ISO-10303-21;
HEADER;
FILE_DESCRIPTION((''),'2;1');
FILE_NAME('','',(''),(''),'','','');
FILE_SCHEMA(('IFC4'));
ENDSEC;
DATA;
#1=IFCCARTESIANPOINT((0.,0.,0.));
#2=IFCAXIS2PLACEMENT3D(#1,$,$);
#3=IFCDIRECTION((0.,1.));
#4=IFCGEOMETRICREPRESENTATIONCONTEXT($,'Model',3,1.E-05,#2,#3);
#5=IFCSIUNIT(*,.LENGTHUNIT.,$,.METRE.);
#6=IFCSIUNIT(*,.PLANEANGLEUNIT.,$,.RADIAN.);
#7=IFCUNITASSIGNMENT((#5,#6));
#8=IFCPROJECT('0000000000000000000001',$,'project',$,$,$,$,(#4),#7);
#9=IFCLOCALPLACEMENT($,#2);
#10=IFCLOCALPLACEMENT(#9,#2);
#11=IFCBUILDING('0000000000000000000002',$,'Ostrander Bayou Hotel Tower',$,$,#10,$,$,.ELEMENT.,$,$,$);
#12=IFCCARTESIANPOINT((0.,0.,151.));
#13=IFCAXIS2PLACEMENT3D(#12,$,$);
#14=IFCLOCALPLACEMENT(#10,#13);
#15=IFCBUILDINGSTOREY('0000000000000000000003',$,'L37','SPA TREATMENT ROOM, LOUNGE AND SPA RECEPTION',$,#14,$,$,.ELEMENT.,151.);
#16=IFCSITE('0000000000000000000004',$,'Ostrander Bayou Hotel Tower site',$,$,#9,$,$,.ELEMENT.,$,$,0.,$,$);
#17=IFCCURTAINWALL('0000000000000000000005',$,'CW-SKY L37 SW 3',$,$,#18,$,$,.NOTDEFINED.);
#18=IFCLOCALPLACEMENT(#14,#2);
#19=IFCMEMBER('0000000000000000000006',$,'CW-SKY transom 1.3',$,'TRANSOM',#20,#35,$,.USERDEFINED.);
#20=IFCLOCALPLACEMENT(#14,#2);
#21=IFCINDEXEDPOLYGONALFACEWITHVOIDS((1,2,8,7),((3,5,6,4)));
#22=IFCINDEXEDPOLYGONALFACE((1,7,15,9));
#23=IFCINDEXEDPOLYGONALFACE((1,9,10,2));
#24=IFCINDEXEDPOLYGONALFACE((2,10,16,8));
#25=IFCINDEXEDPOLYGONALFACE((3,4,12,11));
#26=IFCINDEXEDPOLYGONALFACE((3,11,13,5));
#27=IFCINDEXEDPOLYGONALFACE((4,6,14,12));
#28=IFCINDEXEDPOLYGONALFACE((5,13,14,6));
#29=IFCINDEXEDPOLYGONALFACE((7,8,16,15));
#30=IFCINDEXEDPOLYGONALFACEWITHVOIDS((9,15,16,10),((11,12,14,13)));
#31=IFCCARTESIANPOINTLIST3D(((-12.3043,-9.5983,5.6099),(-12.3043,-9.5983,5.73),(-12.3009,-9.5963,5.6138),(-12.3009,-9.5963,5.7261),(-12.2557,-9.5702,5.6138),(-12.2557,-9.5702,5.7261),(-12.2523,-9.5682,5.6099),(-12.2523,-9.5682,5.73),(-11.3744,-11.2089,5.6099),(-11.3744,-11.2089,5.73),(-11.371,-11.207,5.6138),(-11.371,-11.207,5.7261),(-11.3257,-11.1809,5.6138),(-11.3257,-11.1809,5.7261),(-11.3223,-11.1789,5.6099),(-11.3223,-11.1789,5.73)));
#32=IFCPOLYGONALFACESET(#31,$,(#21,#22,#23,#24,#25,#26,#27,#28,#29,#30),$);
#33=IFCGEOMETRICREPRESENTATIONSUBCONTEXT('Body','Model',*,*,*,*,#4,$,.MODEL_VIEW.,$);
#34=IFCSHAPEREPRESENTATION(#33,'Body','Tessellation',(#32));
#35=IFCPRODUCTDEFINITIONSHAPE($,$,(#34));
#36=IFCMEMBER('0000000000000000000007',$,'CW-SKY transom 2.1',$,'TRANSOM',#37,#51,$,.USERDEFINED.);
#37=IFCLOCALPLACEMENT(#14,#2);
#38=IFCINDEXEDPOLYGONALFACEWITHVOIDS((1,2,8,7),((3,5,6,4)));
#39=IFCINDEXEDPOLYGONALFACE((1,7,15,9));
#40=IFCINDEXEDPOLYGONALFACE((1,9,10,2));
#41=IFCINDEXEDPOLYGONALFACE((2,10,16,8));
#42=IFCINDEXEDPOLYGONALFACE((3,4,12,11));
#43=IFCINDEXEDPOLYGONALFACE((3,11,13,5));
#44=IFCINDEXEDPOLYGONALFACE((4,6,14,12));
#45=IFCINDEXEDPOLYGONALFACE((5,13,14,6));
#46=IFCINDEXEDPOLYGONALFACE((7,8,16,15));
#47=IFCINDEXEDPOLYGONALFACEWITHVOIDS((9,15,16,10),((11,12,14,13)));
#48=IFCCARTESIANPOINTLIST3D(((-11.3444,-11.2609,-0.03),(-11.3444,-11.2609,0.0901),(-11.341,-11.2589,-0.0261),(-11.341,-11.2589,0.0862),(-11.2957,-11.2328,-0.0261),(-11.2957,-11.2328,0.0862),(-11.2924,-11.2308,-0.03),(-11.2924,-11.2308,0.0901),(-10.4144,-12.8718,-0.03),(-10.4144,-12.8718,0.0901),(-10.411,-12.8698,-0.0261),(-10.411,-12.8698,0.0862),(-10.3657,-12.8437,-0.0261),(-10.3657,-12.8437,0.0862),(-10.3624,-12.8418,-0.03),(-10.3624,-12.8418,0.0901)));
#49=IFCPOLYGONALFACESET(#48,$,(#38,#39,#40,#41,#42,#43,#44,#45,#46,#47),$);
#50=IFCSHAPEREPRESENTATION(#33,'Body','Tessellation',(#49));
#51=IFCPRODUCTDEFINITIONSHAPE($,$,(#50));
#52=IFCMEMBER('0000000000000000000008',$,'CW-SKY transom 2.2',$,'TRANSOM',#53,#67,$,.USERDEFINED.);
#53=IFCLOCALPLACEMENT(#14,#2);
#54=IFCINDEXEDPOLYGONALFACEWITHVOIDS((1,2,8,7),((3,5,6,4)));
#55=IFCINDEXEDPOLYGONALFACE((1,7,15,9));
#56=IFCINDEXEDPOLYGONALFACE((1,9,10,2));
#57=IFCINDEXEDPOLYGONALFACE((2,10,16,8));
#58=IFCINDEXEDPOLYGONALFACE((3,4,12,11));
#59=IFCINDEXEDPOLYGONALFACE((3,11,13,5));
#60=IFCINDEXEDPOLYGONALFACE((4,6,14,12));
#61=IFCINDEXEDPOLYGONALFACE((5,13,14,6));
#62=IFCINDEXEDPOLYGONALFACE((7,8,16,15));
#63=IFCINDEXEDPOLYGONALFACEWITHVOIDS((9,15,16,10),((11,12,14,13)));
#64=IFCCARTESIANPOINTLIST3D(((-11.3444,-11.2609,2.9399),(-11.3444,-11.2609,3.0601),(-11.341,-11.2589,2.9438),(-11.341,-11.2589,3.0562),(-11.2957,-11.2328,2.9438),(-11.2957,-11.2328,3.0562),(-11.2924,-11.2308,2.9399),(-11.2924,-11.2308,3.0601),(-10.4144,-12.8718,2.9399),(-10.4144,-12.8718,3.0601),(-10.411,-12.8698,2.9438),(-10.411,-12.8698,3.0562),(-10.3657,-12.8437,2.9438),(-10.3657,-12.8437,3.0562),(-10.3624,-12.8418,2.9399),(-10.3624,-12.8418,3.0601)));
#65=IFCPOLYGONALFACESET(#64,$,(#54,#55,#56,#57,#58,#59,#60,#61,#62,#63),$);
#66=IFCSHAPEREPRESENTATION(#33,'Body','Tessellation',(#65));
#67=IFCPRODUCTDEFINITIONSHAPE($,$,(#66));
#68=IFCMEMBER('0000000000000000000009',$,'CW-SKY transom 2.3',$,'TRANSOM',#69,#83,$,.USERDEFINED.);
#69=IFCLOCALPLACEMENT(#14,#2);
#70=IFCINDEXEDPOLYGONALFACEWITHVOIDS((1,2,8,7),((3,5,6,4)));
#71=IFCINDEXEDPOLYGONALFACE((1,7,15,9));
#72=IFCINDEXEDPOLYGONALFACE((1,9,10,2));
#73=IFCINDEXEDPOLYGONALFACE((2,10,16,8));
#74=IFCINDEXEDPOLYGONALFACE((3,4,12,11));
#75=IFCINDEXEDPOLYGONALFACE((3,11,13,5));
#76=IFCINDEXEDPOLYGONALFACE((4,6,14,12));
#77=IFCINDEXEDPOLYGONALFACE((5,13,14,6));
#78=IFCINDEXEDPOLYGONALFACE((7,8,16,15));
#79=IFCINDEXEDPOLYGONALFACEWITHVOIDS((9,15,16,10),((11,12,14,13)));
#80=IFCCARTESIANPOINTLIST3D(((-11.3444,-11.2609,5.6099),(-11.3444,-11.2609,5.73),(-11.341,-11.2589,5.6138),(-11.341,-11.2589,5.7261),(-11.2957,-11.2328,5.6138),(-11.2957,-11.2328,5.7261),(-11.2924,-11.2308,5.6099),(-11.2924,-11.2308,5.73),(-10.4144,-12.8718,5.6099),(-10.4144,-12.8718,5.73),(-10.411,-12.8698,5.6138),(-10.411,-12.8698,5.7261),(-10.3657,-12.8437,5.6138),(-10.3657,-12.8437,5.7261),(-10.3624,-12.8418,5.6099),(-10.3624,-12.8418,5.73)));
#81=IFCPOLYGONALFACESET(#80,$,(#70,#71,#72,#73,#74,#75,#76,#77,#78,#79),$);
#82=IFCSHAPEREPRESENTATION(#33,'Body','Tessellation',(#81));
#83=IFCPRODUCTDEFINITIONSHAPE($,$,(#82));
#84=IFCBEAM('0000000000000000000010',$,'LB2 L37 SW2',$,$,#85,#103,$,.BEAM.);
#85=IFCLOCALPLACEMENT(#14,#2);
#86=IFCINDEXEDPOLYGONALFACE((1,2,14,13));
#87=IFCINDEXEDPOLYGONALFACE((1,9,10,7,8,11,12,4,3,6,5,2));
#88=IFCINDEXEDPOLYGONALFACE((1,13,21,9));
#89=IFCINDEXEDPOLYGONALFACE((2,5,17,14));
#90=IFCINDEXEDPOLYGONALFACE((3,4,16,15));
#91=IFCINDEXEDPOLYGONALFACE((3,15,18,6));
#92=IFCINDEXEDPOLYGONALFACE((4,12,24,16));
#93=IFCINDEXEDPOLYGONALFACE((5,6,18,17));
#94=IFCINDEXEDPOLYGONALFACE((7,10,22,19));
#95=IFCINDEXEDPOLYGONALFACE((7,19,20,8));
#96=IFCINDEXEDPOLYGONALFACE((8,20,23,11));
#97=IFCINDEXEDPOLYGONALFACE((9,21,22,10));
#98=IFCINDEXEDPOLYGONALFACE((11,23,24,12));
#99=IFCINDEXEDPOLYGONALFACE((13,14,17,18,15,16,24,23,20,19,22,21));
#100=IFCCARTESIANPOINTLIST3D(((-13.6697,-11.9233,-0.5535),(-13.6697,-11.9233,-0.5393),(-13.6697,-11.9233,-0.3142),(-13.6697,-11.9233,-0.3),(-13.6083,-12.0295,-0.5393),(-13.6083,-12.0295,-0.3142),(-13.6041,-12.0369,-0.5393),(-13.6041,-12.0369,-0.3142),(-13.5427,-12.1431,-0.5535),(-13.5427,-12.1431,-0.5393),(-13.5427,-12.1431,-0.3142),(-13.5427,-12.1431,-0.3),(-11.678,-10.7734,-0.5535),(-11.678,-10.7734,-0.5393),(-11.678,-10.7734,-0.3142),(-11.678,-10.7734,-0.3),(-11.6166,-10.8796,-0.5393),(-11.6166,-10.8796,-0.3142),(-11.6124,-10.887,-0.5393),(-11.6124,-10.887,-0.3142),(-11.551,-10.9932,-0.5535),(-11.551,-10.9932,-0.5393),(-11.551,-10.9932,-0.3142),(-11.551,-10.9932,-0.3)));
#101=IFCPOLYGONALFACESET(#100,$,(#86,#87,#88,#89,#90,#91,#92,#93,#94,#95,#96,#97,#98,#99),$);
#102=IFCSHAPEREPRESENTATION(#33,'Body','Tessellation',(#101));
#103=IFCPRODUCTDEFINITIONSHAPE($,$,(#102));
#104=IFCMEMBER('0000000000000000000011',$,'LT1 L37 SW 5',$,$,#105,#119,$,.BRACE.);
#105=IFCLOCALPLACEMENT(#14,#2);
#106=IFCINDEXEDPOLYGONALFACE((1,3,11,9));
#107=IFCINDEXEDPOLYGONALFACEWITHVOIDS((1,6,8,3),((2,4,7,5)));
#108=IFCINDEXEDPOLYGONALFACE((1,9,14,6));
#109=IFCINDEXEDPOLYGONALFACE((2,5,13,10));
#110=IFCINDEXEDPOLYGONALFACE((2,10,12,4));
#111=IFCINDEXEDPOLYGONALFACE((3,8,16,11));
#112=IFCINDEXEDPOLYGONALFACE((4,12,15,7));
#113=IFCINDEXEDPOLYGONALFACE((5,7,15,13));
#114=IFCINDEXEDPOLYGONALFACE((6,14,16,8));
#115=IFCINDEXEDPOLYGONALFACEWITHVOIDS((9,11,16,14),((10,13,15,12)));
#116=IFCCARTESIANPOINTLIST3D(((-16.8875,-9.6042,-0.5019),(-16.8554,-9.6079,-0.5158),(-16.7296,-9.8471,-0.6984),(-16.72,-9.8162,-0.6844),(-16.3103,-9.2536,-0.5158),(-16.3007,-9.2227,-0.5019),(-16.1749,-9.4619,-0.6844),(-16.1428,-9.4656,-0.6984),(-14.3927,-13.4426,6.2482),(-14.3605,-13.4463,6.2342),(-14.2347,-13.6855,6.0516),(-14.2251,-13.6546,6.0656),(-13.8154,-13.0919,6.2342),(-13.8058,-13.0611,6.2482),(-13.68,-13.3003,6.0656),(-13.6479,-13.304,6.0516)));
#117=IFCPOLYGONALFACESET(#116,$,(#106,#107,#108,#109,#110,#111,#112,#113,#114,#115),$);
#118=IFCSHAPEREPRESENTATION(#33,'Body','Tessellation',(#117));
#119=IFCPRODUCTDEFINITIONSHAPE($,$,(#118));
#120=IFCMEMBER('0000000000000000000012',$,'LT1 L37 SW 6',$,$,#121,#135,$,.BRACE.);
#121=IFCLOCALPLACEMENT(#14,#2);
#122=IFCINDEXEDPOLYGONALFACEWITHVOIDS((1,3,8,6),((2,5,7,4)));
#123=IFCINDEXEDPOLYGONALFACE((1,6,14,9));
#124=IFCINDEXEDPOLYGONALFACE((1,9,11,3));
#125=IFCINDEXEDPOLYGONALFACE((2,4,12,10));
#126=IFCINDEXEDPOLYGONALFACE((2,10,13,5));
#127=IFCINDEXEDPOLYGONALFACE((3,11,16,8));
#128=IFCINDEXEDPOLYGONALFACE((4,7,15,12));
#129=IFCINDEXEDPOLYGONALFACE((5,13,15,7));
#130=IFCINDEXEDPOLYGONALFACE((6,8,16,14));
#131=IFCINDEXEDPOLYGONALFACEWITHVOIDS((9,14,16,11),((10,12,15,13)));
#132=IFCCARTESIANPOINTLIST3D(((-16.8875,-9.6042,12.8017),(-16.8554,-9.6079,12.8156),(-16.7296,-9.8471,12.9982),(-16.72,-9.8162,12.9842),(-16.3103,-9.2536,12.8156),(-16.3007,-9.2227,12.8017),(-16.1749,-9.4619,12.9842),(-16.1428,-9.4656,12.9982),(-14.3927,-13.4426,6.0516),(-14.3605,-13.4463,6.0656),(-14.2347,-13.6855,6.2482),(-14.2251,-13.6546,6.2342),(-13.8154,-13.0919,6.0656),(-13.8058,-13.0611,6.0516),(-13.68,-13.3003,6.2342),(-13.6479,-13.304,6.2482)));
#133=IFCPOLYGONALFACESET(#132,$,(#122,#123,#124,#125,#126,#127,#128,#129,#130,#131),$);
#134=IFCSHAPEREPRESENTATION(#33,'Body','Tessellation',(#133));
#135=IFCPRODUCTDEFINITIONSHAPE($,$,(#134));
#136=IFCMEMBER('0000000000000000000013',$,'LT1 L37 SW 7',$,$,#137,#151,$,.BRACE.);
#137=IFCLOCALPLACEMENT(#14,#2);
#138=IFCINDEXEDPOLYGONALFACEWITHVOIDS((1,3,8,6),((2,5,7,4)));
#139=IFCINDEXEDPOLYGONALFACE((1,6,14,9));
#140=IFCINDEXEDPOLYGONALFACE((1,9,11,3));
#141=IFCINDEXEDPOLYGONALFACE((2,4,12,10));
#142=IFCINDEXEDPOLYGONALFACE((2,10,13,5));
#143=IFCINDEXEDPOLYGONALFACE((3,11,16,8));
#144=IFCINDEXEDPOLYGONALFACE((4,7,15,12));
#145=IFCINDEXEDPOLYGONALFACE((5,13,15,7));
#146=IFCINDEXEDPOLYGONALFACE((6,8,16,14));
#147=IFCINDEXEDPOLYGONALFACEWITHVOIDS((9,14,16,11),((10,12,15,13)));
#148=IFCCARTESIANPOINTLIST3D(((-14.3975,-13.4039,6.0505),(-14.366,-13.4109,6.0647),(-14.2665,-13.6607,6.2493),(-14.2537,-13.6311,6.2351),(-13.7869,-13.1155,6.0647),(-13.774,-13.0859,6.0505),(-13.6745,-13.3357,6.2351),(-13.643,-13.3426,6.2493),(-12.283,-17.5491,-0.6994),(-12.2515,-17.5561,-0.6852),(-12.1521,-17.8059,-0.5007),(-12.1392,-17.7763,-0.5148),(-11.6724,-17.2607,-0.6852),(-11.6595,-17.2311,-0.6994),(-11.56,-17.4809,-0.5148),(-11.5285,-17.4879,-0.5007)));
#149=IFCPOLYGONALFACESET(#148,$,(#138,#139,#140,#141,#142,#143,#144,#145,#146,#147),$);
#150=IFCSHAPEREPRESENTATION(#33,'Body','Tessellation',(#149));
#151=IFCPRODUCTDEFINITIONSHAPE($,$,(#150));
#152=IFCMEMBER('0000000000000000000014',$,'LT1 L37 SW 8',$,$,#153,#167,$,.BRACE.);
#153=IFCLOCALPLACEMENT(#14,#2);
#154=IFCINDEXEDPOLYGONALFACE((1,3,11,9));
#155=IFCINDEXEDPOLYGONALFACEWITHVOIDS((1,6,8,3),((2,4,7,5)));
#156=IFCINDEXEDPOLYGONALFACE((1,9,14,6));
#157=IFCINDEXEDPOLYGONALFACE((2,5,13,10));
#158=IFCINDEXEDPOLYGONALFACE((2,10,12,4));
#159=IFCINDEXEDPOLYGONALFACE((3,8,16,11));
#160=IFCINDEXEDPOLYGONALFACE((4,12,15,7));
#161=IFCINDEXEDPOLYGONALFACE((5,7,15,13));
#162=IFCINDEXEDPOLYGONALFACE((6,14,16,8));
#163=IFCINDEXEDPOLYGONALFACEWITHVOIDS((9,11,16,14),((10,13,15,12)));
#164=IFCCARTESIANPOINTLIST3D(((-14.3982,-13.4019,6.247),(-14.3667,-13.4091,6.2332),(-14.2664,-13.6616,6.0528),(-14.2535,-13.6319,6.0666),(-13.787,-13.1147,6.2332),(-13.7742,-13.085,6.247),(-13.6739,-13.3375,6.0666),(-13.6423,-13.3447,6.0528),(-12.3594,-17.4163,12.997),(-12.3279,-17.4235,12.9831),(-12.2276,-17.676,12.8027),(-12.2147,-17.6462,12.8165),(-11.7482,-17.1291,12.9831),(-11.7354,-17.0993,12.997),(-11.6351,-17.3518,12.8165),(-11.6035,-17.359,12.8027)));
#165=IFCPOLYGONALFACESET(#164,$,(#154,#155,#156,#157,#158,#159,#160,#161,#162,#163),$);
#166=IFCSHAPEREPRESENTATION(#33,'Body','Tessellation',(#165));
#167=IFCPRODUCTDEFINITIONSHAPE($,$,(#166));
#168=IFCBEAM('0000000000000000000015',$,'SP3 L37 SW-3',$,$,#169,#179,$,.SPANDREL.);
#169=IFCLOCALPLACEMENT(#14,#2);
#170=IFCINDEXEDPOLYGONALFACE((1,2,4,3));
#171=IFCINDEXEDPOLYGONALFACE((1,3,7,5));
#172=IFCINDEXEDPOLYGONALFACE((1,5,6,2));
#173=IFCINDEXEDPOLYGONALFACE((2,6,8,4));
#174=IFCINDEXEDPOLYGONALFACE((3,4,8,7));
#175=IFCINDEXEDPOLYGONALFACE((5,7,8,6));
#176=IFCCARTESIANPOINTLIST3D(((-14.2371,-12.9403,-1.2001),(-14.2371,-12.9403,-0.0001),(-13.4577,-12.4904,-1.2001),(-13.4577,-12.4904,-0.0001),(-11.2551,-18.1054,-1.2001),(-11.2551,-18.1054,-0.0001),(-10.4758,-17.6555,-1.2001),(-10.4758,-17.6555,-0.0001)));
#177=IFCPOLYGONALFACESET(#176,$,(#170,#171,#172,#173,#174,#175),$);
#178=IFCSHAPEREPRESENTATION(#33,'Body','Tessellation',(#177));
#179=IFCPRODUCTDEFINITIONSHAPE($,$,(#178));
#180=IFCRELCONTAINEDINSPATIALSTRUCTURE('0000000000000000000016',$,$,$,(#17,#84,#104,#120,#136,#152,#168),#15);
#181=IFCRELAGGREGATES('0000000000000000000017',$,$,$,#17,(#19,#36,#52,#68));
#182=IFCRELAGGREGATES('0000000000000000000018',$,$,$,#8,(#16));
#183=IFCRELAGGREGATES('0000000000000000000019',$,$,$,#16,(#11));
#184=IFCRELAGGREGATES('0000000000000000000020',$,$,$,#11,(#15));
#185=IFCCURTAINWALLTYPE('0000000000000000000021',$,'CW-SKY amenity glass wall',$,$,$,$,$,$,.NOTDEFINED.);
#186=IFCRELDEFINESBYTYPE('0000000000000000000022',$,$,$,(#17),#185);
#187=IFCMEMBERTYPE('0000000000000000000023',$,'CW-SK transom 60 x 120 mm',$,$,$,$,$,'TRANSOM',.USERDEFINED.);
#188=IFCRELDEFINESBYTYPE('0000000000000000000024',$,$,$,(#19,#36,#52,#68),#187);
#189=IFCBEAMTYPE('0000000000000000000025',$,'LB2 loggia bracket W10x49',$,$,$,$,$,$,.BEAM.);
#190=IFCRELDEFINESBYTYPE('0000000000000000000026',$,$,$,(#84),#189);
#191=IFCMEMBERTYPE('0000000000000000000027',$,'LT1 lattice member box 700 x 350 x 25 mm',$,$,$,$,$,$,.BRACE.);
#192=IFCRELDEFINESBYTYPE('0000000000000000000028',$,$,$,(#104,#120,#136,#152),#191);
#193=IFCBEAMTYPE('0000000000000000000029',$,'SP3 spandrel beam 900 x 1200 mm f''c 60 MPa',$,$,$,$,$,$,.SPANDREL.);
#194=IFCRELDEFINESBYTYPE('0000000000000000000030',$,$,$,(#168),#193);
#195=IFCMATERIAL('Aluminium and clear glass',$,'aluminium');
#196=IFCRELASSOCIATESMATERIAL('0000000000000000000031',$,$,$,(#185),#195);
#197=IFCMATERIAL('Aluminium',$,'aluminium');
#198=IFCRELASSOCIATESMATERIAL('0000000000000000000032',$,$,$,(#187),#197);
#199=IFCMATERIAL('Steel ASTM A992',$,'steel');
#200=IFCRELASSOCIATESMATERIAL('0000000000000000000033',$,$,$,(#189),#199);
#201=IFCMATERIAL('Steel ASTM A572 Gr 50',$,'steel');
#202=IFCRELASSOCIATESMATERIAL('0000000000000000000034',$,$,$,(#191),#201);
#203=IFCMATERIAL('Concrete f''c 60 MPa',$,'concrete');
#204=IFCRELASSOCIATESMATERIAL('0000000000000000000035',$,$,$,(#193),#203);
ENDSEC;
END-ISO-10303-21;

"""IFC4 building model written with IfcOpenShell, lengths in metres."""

from ifc_helpers import new_model, si_unit, direction, frame, origin, origin_2d, place, context, subcontext, project, spatial, rectangle, hollow_rectangle, i_section, extrude, material, material_profile, profile_set, type_object, element, aggregate, save


model = new_model("IFC4")

# Units and contexts
model_context = context("Model", 3, precision=1e-05, world=origin(), true_north=direction((0.0, 1.0)))
body_context = subcontext(model_context, "Body", "Model", "MODEL_VIEW")
ifc_project = project(units=[si_unit("LENGTHUNIT", "METRE"), si_unit("PLANEANGLEUNIT", "RADIAN")], contexts=[model_context])

# Site, building, storey
site_placement = place(None, origin())
site = spatial("IfcSite", under=ifc_project, at=site_placement, Name="Ostrander Bayou Hotel Tower site", CompositionType="ELEMENT", RefElevation=0.0)
building_placement = place(site_placement, origin())
building = spatial("IfcBuilding", under=site, at=building_placement, Name="Ostrander Bayou Hotel Tower", CompositionType="ELEMENT")
storey_placement = place(building_placement, frame((0.0, 0.0, 151.0)))
storey = spatial("IfcBuildingStorey", under=building, at=storey_placement, Name="L37", Description="SPA TREATMENT ROOM, LOUNGE AND SPA RECEPTION", CompositionType="ELEMENT", Elevation=151.0)

# Curtain wall, members
ifc_material_1 = material(Name="Aluminium and clear glass", Category="aluminium")
curtain_wall_type_1 = type_object("IfcCurtainWallType", Name="CW-SKY amenity glass wall", PredefinedType="NOTDEFINED", material=ifc_material_1)
curtain_wall_1_placement = place(storey_placement, origin())
curtain_wall_1 = element("IfcCurtainWall", 1, at=curtain_wall_1_placement, inside=storey, type_object=curtain_wall_type_1, Name="CW-SKY L37 SW 3", PredefinedType="NOTDEFINED")
ifc_material_2 = material(Name="Aluminium", Category="aluminium")
ifc_material_profile_1 = material_profile(ifc_material_2, hollow_rectangle(XDim=0.0601, YDim=0.1201, WallThickness=0.0039, at=origin_2d()))
ifc_profile_set_1 = profile_set([ifc_material_profile_1], Name="Aluminium")
member_type_1 = type_object("IfcMemberType", Name="CW-SK transom 60 x 120 mm", ElementType="TRANSOM", PredefinedType="USERDEFINED", material=ifc_profile_set_1)
member_1_placement = place(storey_placement, frame((-12.2783, -9.5833, 5.6699), z_axis=(0.500022, -0.866013, 0.0), x_axis=(0.866013, 0.500022, 0.0)))
member_1 = element("IfcMember", 2, at=member_1_placement, type_object=member_type_1, Name="CW-SKY transom 1.3", ObjectType="TRANSOM", PredefinedType="USERDEFINED", context=body_context, shape_type="SweptSolid", body=[
    extrude(hollow_rectangle(XDim=0.0601, YDim=0.1201, WallThickness=0.0039, at=origin_2d()), origin(), (0.0, 0.0, 1.0), 1.8599),
])
member_2_placement = place(storey_placement, frame((-11.3184, -11.2458, 0.03), z_axis=(0.499965, -0.866046, 0.0), x_axis=(0.866046, 0.499965, 0.0)))
member_2 = element("IfcMember", 3, at=member_2_placement, type_object=member_type_1, Name="CW-SKY transom 2.1", ObjectType="TRANSOM", PredefinedType="USERDEFINED", context=body_context, shape_type="SweptSolid", body=[
    extrude(hollow_rectangle(XDim=0.0601, YDim=0.1201, WallThickness=0.0039, at=origin_2d()), origin(), (0.0, 0.0, 1.0), 1.8601),
])
member_3_placement = place(storey_placement, frame((-11.3184, -11.2458, 3.0), z_axis=(0.499965, -0.866046, 0.0), x_axis=(0.866046, 0.499965, 0.0)))
member_3 = element("IfcMember", 4, at=member_3_placement, type_object=member_type_1, Name="CW-SKY transom 2.2", ObjectType="TRANSOM", PredefinedType="USERDEFINED", context=body_context, shape_type="SweptSolid", body=[
    extrude(hollow_rectangle(XDim=0.0601, YDim=0.1201, WallThickness=0.0039, at=origin_2d()), origin(), (0.0, 0.0, 1.0), 1.8601),
])
member_4_placement = place(storey_placement, frame((-11.3184, -11.2458, 5.6699), z_axis=(0.499965, -0.866046, 0.0), x_axis=(0.866046, 0.499965, 0.0)))
member_4 = element("IfcMember", 5, at=member_4_placement, type_object=member_type_1, Name="CW-SKY transom 2.3", ObjectType="TRANSOM", PredefinedType="USERDEFINED", context=body_context, shape_type="SweptSolid", body=[
    extrude(hollow_rectangle(XDim=0.0601, YDim=0.1201, WallThickness=0.0039, at=origin_2d()), origin(), (0.0, 0.0, 1.0), 1.8601),
])

# Beam
ifc_material_3 = material(Name="Steel ASTM A992", Category="steel")
ifc_material_profile_2 = material_profile(ifc_material_3, i_section(OverallWidth=0.2539, OverallDepth=0.2534, WebThickness=0.0085, FlangeThickness=0.0142, at=origin_2d()))
ifc_profile_set_2 = profile_set([ifc_material_profile_2], Name="Steel ASTM A992")
beam_type_1 = type_object("IfcBeamType", Name="LB2 loggia bracket W10x49", PredefinedType="BEAM", material=ifc_profile_set_2)
beam_1_placement = place(storey_placement, frame((-13.6062, -12.0332, -0.4268), z_axis=(0.866026, 0.499998, 0.0), x_axis=(-0.499998, 0.866026, 0.0)))
element("IfcBeam", 6, at=beam_1_placement, inside=storey, type_object=beam_type_1, Name="LB2 L37 SW2", PredefinedType="BEAM", context=body_context, shape_type="SweptSolid", body=[
    extrude(i_section(OverallWidth=0.2539, OverallDepth=0.2534, WebThickness=0.0085, FlangeThickness=0.0142, at=origin_2d()), origin(), (0.0, 0.0, 1.0), 2.2998),
])

# Members
ifc_material_4 = material(Name="Steel ASTM A572 Gr 50", Category="steel")
ifc_material_profile_3 = material_profile(ifc_material_4, hollow_rectangle(XDim=0.7, YDim=0.3501, WallThickness=0.0249, at=origin_2d()))
ifc_profile_set_3 = profile_set([ifc_material_profile_3], Name="Steel ASTM A572 Gr 50")
member_type_2 = type_object("IfcMemberType", Name="LT1 lattice member box 700 x 350 x 25 mm", PredefinedType="BRACE", material=ifc_profile_set_3)
for number, where, z_axis, x_axis, name in (
    (7, (-14.0203, -13.3733, 6.1499), (-0.305895, 0.470621, -0.827613), (-0.838451, -0.544977, 0.0), "LT1 L37 SW 5"),
    (8, (-14.0203, -13.3733, 6.1499), (-0.305895, 0.470621, 0.827613), (-0.838451, -0.544977, 0.0), "LT1 L37 SW 6"),
):
    element("IfcMember", number, at=place(storey_placement, frame(where, z_axis=z_axis, x_axis=x_axis)), inside=storey, type_object=member_type_2, Name=name, PredefinedType="BRACE", context=body_context, shape_type="SweptSolid", body=[
        extrude(hollow_rectangle(XDim=0.7, YDim=0.3501, WallThickness=0.0249, at=origin_2d()), origin(), (0.0, 0.0, 1.0), 8.156),
    ])
member_5_placement = place(storey_placement, frame((-14.0203, -13.3733, 6.1499), z_axis=(0.257911, -0.505607, -0.823313), x_axis=(0.890799, 0.454397, 0.0)))
element("IfcMember", 9, at=member_5_placement, inside=storey, type_object=member_type_2, Name="LT1 L37 SW 7", PredefinedType="BRACE", context=body_context, shape_type="SweptSolid", body=[
    extrude(hollow_rectangle(XDim=0.7, YDim=0.3501, WallThickness=0.0249, at=origin_2d()), origin(), (0.0, 0.0, 1.0), 8.1985),
])
member_6_placement = place(storey_placement, frame((-14.0203, -13.3733, 6.1499), z_axis=(0.251276, -0.494759, 0.83191), x_axis=(0.891601, 0.452822, 0.0)))
element("IfcMember", 10, at=member_6_placement, inside=storey, type_object=member_type_2, Name="LT1 L37 SW 8", PredefinedType="BRACE", context=body_context, shape_type="SweptSolid", body=[
    extrude(hollow_rectangle(XDim=0.7, YDim=0.3501, WallThickness=0.0249, at=origin_2d()), origin(), (0.0, 0.0, 1.0), 8.1138),
])

# Beam
ifc_material_5 = material(Name="Concrete f'c 60 MPa", Category="concrete")
ifc_material_profile_4 = material_profile(ifc_material_5, rectangle(XDim=0.8999, YDim=1.2, at=origin_2d()))
ifc_profile_set_4 = profile_set([ifc_material_profile_4], Name="Concrete f'c 60 MPa")
beam_type_2 = type_object("IfcBeamType", Name="SP3 spandrel beam 900 x 1200 mm f'c 60 MPa", PredefinedType="SPANDREL", material=ifc_profile_set_4)
beam_2_placement = place(storey_placement, frame((-13.8474, -12.7153, -0.6001), z_axis=(0.499987, -0.866033, 0.0), x_axis=(0.866033, 0.499987, 0.0)))
element("IfcBeam", 11, at=beam_2_placement, inside=storey, type_object=beam_type_2, Name="SP3 L37 SW-3", PredefinedType="SPANDREL", context=body_context, shape_type="SweptSolid", body=[
    extrude(rectangle(XDim=0.8999, YDim=1.2, at=origin_2d()), origin(), (0.0, 0.0, 1.0), 5.9641),
])

aggregate(curtain_wall_1, [member_1, member_2, member_3, member_4])

save(model, "model.ifc")
